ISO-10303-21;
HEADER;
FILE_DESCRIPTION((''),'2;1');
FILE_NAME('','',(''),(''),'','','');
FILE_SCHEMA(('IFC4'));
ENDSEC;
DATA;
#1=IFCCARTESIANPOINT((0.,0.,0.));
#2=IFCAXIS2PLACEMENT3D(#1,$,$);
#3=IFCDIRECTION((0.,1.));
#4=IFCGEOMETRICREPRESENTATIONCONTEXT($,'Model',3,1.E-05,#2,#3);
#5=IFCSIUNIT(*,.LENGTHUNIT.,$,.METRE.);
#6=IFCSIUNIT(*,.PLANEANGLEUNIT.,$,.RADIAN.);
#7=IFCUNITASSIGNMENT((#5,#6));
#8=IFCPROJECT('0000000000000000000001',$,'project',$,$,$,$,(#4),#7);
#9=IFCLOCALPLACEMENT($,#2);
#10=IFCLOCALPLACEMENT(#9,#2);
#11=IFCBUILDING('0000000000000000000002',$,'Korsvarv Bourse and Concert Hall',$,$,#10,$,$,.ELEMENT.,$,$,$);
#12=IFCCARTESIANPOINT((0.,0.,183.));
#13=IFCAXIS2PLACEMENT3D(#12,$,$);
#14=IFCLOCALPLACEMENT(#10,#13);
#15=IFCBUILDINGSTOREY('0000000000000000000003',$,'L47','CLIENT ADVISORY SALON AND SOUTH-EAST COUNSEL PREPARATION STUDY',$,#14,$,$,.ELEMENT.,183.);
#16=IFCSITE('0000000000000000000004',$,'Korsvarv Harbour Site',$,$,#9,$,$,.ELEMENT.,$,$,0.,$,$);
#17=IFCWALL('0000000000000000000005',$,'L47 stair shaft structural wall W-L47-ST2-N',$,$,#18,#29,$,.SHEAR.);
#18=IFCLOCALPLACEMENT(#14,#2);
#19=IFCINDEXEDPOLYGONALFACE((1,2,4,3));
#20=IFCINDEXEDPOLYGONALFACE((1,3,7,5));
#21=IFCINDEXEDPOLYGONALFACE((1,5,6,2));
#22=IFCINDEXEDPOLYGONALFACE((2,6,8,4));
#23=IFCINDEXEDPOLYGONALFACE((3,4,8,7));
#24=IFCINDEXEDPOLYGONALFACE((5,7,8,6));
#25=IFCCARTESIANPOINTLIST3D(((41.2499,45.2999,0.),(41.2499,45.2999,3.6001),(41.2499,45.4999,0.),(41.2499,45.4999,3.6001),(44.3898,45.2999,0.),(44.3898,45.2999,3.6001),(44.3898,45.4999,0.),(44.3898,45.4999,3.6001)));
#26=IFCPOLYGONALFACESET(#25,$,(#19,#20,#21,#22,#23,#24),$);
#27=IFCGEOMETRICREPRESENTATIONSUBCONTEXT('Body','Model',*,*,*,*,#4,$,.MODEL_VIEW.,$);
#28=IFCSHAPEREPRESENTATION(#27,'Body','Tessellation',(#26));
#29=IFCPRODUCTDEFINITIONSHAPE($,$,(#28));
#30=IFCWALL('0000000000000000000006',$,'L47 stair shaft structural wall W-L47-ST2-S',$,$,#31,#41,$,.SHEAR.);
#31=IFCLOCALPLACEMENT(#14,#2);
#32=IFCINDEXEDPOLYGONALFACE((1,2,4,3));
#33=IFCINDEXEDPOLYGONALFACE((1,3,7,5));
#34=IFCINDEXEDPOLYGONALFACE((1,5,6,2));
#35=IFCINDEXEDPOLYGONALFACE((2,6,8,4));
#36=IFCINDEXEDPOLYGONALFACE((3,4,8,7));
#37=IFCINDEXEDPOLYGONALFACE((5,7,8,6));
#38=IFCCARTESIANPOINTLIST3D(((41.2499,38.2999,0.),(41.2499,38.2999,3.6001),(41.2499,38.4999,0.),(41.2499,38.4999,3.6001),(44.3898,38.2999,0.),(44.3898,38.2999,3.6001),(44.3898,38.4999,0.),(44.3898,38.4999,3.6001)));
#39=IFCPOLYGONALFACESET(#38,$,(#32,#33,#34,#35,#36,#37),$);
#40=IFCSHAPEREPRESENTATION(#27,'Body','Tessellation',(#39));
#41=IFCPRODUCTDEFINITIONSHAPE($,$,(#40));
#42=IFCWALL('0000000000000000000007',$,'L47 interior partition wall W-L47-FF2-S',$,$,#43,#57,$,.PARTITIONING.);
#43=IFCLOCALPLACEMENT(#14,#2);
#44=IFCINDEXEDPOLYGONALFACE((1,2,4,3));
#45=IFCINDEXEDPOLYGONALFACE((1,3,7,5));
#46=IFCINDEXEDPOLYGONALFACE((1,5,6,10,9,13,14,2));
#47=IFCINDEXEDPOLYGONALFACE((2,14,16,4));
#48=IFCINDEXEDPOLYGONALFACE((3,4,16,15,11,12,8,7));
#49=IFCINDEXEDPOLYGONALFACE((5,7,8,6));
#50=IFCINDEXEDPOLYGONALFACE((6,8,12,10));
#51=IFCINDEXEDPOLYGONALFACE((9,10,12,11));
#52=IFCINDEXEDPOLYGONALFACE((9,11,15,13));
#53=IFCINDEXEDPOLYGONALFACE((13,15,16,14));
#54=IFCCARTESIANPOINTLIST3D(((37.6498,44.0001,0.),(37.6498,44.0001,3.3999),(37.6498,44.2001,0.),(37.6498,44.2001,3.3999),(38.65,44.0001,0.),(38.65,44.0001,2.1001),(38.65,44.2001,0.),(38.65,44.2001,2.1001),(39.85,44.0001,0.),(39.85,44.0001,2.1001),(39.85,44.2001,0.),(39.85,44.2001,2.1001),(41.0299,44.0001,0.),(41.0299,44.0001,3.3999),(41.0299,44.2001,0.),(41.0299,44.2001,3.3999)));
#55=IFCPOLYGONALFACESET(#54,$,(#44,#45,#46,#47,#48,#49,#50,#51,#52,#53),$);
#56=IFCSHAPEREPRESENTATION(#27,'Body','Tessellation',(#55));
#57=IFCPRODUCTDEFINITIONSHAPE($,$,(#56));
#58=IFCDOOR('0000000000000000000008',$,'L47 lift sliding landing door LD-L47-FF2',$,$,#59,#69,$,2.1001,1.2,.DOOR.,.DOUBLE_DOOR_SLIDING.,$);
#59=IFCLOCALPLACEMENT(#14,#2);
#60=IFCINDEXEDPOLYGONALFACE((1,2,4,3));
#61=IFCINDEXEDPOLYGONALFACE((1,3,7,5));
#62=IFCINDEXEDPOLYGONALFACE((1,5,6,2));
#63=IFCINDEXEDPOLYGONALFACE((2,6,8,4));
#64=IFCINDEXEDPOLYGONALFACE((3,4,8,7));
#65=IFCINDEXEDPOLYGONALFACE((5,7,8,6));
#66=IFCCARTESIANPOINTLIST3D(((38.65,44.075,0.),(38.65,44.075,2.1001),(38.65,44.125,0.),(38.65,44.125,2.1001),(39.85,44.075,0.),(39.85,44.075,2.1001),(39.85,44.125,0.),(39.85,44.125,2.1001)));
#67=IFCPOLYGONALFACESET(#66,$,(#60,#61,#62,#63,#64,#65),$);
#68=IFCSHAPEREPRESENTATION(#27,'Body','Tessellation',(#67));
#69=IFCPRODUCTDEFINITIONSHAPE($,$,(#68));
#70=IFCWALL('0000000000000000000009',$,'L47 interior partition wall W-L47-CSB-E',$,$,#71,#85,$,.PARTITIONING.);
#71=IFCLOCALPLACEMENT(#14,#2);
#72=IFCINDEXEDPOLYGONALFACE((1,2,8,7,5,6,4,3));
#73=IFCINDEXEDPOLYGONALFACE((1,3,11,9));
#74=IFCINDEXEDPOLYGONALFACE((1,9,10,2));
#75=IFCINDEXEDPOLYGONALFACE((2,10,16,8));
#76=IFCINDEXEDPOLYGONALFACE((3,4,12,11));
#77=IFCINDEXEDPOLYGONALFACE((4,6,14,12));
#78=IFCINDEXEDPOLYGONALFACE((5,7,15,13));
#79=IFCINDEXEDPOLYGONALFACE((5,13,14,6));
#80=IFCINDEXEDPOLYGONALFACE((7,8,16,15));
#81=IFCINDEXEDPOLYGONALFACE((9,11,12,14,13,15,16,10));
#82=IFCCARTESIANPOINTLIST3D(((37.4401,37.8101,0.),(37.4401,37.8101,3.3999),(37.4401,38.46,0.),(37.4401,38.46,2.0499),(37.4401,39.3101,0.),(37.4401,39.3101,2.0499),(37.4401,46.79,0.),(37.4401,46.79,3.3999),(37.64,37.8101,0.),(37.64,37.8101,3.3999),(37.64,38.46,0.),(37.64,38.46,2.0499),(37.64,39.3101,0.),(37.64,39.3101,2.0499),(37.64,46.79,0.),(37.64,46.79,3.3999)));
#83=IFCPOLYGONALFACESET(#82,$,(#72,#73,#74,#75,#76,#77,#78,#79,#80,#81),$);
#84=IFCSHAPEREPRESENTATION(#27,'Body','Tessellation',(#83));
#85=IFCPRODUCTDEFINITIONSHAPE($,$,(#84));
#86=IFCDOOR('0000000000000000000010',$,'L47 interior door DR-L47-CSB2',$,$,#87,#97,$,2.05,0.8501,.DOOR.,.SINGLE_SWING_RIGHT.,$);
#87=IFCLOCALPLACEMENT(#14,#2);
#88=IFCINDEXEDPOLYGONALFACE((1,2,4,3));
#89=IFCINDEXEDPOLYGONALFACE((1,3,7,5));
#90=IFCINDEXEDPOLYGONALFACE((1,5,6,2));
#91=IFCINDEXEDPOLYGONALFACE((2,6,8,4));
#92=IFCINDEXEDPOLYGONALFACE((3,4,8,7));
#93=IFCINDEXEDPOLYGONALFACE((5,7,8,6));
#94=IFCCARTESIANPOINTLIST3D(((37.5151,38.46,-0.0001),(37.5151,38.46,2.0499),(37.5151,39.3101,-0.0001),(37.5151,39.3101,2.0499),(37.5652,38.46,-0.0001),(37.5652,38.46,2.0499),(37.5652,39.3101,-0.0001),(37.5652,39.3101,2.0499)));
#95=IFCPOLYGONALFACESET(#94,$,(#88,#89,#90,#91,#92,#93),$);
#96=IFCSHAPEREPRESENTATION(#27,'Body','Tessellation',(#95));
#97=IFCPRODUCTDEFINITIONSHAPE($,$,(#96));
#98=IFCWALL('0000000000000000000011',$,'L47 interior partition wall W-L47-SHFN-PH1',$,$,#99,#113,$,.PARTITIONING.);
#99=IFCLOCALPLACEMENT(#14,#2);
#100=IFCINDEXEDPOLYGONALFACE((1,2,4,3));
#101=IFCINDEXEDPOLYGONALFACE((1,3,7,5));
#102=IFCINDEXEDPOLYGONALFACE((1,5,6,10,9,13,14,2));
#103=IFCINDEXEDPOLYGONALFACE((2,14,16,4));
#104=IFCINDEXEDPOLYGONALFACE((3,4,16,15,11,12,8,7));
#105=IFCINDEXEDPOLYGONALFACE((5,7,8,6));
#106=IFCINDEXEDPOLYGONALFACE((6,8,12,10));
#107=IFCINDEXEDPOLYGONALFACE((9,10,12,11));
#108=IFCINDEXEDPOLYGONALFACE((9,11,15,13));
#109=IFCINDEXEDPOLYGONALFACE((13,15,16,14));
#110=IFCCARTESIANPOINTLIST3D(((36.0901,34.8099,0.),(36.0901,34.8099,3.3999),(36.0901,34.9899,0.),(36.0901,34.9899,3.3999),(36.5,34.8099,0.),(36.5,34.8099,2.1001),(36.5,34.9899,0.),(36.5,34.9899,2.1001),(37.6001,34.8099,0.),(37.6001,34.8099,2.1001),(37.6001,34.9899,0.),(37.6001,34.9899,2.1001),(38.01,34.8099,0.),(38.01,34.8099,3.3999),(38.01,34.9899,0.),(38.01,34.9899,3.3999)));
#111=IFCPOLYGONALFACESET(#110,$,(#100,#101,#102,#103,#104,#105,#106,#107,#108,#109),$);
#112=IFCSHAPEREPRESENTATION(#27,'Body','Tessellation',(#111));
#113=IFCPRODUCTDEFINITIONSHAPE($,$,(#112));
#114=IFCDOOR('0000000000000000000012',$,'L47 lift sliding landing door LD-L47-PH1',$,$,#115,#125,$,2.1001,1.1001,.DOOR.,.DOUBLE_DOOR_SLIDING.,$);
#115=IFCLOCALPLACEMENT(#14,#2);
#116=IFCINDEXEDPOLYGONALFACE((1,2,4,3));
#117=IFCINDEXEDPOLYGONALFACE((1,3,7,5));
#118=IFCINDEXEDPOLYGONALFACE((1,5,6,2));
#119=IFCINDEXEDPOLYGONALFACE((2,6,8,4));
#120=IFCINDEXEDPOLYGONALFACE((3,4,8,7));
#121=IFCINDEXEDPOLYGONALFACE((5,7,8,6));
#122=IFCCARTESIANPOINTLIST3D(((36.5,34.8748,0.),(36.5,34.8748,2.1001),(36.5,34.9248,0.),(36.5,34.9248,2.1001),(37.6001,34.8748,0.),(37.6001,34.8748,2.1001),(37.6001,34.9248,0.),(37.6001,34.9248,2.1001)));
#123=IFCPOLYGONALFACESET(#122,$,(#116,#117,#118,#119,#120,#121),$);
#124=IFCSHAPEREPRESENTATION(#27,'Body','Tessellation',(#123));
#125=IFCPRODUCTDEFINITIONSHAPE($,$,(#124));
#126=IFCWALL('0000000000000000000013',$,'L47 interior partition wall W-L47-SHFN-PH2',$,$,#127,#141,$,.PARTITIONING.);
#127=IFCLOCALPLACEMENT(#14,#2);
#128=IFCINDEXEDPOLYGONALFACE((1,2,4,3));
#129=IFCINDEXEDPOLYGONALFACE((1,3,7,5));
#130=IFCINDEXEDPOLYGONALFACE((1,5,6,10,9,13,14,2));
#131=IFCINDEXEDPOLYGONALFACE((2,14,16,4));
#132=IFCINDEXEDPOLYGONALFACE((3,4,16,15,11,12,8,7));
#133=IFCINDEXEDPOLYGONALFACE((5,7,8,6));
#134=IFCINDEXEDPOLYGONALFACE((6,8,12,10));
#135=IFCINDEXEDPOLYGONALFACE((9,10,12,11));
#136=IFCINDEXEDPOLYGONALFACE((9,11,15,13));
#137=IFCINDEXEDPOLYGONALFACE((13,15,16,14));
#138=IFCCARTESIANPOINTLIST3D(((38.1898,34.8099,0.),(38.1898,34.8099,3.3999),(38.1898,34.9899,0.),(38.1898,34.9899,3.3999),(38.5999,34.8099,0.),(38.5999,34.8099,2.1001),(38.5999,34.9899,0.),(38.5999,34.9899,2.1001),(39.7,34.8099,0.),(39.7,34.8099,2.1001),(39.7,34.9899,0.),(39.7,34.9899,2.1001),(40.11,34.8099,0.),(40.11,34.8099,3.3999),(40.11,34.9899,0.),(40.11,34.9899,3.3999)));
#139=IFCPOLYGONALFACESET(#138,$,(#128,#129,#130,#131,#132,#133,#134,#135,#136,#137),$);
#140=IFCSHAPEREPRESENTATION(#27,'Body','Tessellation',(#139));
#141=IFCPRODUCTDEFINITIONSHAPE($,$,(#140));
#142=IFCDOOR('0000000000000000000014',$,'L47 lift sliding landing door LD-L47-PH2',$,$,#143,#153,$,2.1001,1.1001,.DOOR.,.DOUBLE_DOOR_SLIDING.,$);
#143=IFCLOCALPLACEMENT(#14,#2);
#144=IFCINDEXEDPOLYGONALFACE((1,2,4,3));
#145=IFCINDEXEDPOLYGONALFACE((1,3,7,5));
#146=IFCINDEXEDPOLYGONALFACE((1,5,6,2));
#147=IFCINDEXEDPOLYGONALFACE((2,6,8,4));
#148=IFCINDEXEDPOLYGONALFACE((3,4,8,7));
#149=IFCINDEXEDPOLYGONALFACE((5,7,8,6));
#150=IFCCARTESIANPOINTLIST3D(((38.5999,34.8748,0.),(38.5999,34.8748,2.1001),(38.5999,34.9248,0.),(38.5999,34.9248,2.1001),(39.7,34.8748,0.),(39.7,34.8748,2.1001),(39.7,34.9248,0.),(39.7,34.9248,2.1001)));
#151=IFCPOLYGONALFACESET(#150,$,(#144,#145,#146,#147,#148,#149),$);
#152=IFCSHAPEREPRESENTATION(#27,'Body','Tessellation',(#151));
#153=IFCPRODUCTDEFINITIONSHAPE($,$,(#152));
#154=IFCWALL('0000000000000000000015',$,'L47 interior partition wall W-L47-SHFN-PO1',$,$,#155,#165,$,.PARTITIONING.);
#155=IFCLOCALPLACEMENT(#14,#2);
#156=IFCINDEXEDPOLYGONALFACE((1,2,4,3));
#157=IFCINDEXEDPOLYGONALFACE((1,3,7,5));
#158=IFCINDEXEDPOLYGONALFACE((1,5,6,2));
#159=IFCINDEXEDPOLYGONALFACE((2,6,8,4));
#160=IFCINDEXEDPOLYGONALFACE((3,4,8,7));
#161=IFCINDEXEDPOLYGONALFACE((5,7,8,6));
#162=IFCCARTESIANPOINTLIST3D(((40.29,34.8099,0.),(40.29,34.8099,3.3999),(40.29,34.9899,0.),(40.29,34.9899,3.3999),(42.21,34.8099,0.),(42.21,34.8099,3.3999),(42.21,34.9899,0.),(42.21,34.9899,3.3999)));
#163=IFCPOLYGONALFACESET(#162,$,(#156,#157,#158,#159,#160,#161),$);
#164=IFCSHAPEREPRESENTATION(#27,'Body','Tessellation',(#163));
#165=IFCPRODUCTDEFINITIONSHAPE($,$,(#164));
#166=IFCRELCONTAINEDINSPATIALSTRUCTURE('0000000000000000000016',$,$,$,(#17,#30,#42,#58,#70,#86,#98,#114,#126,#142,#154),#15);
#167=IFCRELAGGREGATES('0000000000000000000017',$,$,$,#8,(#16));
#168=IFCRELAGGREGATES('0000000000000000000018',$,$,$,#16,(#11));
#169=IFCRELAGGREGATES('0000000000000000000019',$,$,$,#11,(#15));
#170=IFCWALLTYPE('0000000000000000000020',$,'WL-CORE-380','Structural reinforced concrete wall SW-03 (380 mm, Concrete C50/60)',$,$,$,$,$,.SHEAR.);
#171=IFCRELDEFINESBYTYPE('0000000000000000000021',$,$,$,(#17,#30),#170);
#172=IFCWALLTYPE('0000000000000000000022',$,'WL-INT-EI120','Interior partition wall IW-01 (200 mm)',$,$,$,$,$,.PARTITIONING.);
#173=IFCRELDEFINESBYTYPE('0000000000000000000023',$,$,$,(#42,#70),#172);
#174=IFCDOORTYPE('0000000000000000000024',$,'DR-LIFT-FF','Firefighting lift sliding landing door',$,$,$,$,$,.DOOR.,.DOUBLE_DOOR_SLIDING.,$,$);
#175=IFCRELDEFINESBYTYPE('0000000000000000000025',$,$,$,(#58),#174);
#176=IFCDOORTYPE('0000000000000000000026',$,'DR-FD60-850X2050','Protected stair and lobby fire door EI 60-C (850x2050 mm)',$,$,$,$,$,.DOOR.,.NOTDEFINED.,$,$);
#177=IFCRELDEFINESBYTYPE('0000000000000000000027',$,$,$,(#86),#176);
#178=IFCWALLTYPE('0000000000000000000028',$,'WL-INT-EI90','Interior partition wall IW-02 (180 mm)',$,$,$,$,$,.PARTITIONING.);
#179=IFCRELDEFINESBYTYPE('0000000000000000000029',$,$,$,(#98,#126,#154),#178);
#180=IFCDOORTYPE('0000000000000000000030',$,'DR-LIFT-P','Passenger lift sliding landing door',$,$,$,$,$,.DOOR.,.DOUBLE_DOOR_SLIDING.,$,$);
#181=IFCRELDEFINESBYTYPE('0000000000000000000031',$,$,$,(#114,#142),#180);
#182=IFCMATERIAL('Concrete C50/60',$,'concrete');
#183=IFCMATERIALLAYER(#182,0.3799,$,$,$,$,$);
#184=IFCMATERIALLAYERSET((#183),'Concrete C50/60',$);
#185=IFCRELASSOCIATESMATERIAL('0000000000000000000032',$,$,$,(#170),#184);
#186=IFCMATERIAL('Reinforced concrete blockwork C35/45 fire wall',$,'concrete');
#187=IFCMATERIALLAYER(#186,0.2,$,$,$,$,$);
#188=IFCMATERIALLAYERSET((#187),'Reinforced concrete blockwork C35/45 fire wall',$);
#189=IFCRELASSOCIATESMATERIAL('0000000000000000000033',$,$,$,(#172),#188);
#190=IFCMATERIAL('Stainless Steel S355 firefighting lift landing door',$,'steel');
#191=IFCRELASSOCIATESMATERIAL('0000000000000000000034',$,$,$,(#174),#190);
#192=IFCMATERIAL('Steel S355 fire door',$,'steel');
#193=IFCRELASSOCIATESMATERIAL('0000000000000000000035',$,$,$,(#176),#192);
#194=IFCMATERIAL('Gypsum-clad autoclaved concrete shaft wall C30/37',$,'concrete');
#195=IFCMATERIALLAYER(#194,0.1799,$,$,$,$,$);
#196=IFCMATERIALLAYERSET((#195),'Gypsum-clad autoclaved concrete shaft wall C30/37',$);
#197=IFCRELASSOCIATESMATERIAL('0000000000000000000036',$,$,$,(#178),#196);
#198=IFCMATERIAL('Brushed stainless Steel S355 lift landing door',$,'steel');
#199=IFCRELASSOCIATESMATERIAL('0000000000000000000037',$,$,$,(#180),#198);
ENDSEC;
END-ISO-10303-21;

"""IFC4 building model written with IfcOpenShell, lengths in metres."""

from ifc_helpers import new_model, si_unit, direction, frame, frame_2d, origin, place, context, subcontext, project, spatial, rectangle, extrude, material, layer, layer_set, type_object, element, fill, save


model = new_model("IFC4")

# Units and contexts
model_context = context("Model", 3, precision=1e-05, world=origin(), true_north=direction((0.0, 1.0)))
body_context = subcontext(model_context, "Body", "Model", "MODEL_VIEW")
ifc_project = project(units=[si_unit("LENGTHUNIT", "METRE"), si_unit("PLANEANGLEUNIT", "RADIAN")], contexts=[model_context])

# Site, building, storey
site_placement = place(None, origin())
site = spatial("IfcSite", under=ifc_project, at=site_placement, Name="Korsvarv Harbour Site", CompositionType="ELEMENT", RefElevation=0.0)
building_placement = place(site_placement, origin())
building = spatial("IfcBuilding", under=site, at=building_placement, Name="Korsvarv Bourse and Concert Hall", CompositionType="ELEMENT")
storey_placement = place(building_placement, frame((0.0, 0.0, 183.0)))
storey = spatial("IfcBuildingStorey", under=building, at=storey_placement, Name="L47", Description="CLIENT ADVISORY SALON AND SOUTH-EAST COUNSEL PREPARATION STUDY", CompositionType="ELEMENT", Elevation=183.0)

# Shared definitions
ifc_material_1 = material(Name="Concrete C50/60", Category="concrete")
ifc_layer_1 = layer(ifc_material_1, 0.3799)
ifc_layer_set_1 = layer_set([ifc_layer_1], Name="Concrete C50/60")
wall_type_1 = type_object("IfcWallType", Name="WL-CORE-380", Description="Structural reinforced concrete wall SW-03 (380 mm, Concrete C50/60)", PredefinedType="SHEAR", material=ifc_layer_set_1)
ifc_material_2 = material(Name="Steel S355 fire door", Category="steel")

# Walls
for number, where, z_axis, x_axis, name in (
    (1, (41.25, 45.3999, 0.0), (0.0, 0.0, 1.0), (1.0, 0.0, 0.0), "L47 stair shaft structural wall W-L47-ST2-N"),
    (2, (41.25, 38.3999, 0.0), (0.0, 0.0, 1.0), (1.0, 0.0, 0.0), "L47 stair shaft structural wall W-L47-ST2-S"),
):
    element("IfcWall", number, at=place(storey_placement, frame(where, z_axis=z_axis, x_axis=x_axis)), inside=storey, type_object=wall_type_1, Name=name, PredefinedType="SHEAR", context=body_context, shape_type="SweptSolid", body=[
        extrude(rectangle(XDim=3.1399, YDim=0.2, at=frame_2d((1.5698, 0.0))), origin(), (0.0, 0.0, 1.0), 3.6001),
    ])

# Walls, openings, doors
ifc_material_3 = material(Name="Reinforced concrete blockwork C35/45 fire wall", Category="concrete")
ifc_layer_2 = layer(ifc_material_3, 0.2)
ifc_layer_set_2 = layer_set([ifc_layer_2], Name="Reinforced concrete blockwork C35/45 fire wall")
wall_type_2 = type_object("IfcWallType", Name="WL-INT-EI120", Description="Interior partition wall IW-01 (200 mm)", PredefinedType="PARTITIONING", material=ifc_layer_set_2)
wall_1_placement = place(storey_placement, frame((37.6499, 44.1001, 0.0), z_axis=(0.0, 0.0, 1.0), x_axis=(1.0, 0.0, 0.0)))
wall_1 = element("IfcWall", 3, at=wall_1_placement, inside=storey, type_object=wall_type_2, Name="L47 interior partition wall W-L47-FF2-S", PredefinedType="PARTITIONING", context=body_context, shape_type="SweptSolid", body=[
    extrude(rectangle(XDim=3.3801, YDim=0.2, at=frame_2d((1.6899, 0.0))), origin(), (0.0, 0.0, 1.0), 3.3999),
])
opening_1_placement = place(wall_1_placement, frame((1.0, 0.0, 0.0)))
opening_1 = element("IfcOpeningElement", 4, at=opening_1_placement, cuts=wall_1, PredefinedType="OPENING", context=body_context, shape_type="SweptSolid", body=[
    extrude(rectangle(XDim=1.2, YDim=2.1001, at=frame_2d((0.6001, 1.05))), frame((0.0, 0.1099, 0.0), z_axis=(0.0, -1.0, 0.0), x_axis=(1.0, 0.0, 0.0)), (0.0, 0.0, 1.0), 0.22),
])
ifc_material_4 = material(Name="Stainless Steel S355 firefighting lift landing door", Category="steel")
door_type_1 = type_object("IfcDoorType", Name="DR-LIFT-FF", Description="Firefighting lift sliding landing door", OperationType="DOUBLE_DOOR_SLIDING", PredefinedType="DOOR", material=ifc_material_4)
door_1_placement = place(opening_1_placement, origin())
door_1 = element("IfcDoor", 5, at=door_1_placement, inside=storey, type_object=door_type_1, Name="L47 lift sliding landing door LD-L47-FF2", OperationType="DOUBLE_DOOR_SLIDING", OverallHeight=2.1001, OverallWidth=1.2, PredefinedType="DOOR", context=body_context, shape_type="SweptSolid", body=[
    extrude(rectangle(XDim=1.2, YDim=2.1001, at=frame_2d((0.6001, 1.05))), frame((0.0, 0.0249, 0.0), z_axis=(0.0, -1.0, 0.0), x_axis=(1.0, 0.0, 0.0)), (0.0, 0.0, 1.0), 0.05),
])
fill(opening_1, door_1)
wall_2_placement = place(storey_placement, frame((37.54, 37.8101, 0.0), z_axis=(0.0, 0.0, 1.0), x_axis=(0.0, 1.0, 0.0)))
wall_2 = element("IfcWall", 6, at=wall_2_placement, inside=storey, type_object=wall_type_2, Name="L47 interior partition wall W-L47-CSB-E", PredefinedType="PARTITIONING", context=body_context, shape_type="SweptSolid", body=[
    extrude(rectangle(XDim=8.98, YDim=0.2, at=frame_2d((4.49, 0.0))), origin(), (0.0, 0.0, 1.0), 3.3999),
])
opening_2_placement = place(wall_2_placement, frame((0.6499, 0.0, 0.0)))
opening_2 = element("IfcOpeningElement", 7, at=opening_2_placement, cuts=wall_2, PredefinedType="OPENING", context=body_context, shape_type="SweptSolid", body=[
    extrude(rectangle(XDim=0.8501, YDim=2.05, at=frame_2d((0.425, 1.0249))), frame((0.0, 0.1099, 0.0), z_axis=(0.0, -1.0, 0.0), x_axis=(1.0, 0.0, 0.0)), (0.0, 0.0, 1.0), 0.22),
])
door_type_2 = type_object("IfcDoorType", Name="DR-FD60-850X2050", Description="Protected stair and lobby fire door EI 60-C (850x2050 mm)", OperationType="NOTDEFINED", PredefinedType="DOOR", material=ifc_material_2)
door_2_placement = place(opening_2_placement, origin())
door_2 = element("IfcDoor", 8, at=door_2_placement, inside=storey, type_object=door_type_2, Name="L47 interior door DR-L47-CSB2", OperationType="SINGLE_SWING_RIGHT", OverallHeight=2.05, OverallWidth=0.8501, PredefinedType="DOOR", context=body_context, shape_type="SweptSolid", body=[
    extrude(rectangle(XDim=0.8501, YDim=2.05, at=frame_2d((0.425, 1.0249))), frame((0.0, 0.0249, 0.0), z_axis=(0.0, -1.0, 0.0), x_axis=(1.0, 0.0, 0.0)), (0.0, 0.0, 1.0), 0.05),
])
fill(opening_2, door_2)
ifc_material_5 = material(Name="Gypsum-clad autoclaved concrete shaft wall C30/37", Category="concrete")
ifc_layer_3 = layer(ifc_material_5, 0.1799)
ifc_layer_set_3 = layer_set([ifc_layer_3], Name="Gypsum-clad autoclaved concrete shaft wall C30/37")
wall_type_3 = type_object("IfcWallType", Name="WL-INT-EI90", Description="Interior partition wall IW-02 (180 mm)", PredefinedType="PARTITIONING", material=ifc_layer_set_3)
wall_3_placement = place(storey_placement, frame((36.0901, 34.8999, 0.0), z_axis=(0.0, 0.0, 1.0), x_axis=(1.0, 0.0, 0.0)))
wall_3 = element("IfcWall", 9, at=wall_3_placement, inside=storey, type_object=wall_type_3, Name="L47 interior partition wall W-L47-SHFN-PH1", PredefinedType="PARTITIONING", context=body_context, shape_type="SweptSolid", body=[
    extrude(rectangle(XDim=1.9199, YDim=0.1799, at=frame_2d((0.96, 0.0))), origin(), (0.0, 0.0, 1.0), 3.3999),
])
opening_3_placement = place(wall_3_placement, frame((0.4099, 0.0, 0.0)))
opening_3 = element("IfcOpeningElement", 10, at=opening_3_placement, cuts=wall_3, PredefinedType="OPENING", context=body_context, shape_type="SweptSolid", body=[
    extrude(rectangle(XDim=1.1001, YDim=2.1001, at=frame_2d((0.55, 1.05))), frame((0.0, 0.1001, 0.0), z_axis=(0.0, -1.0, 0.0), x_axis=(1.0, 0.0, 0.0)), (0.0, 0.0, 1.0), 0.2),
])
ifc_material_6 = material(Name="Brushed stainless Steel S355 lift landing door", Category="steel")
door_type_3 = type_object("IfcDoorType", Name="DR-LIFT-P", Description="Passenger lift sliding landing door", OperationType="DOUBLE_DOOR_SLIDING", PredefinedType="DOOR", material=ifc_material_6)
door_3_placement = place(opening_3_placement, origin())
door_3 = element("IfcDoor", 11, at=door_3_placement, inside=storey, type_object=door_type_3, Name="L47 lift sliding landing door LD-L47-PH1", OperationType="DOUBLE_DOOR_SLIDING", OverallHeight=2.1001, OverallWidth=1.1001, PredefinedType="DOOR", context=body_context, shape_type="SweptSolid", body=[
    extrude(rectangle(XDim=1.1001, YDim=2.1001, at=frame_2d((0.55, 1.05))), frame((0.0, 0.0249, 0.0), z_axis=(0.0, -1.0, 0.0), x_axis=(1.0, 0.0, 0.0)), (0.0, 0.0, 1.0), 0.05),
])
fill(opening_3, door_3)
wall_4_placement = place(storey_placement, frame((38.1899, 34.8999, 0.0), z_axis=(0.0, 0.0, 1.0), x_axis=(1.0, 0.0, 0.0)))
wall_4 = element("IfcWall", 12, at=wall_4_placement, inside=storey, type_object=wall_type_3, Name="L47 interior partition wall W-L47-SHFN-PH2", PredefinedType="PARTITIONING", context=body_context, shape_type="SweptSolid", body=[
    extrude(rectangle(XDim=1.9202, YDim=0.1799, at=frame_2d((0.96, 0.0))), origin(), (0.0, 0.0, 1.0), 3.3999),
])
opening_4_placement = place(wall_4_placement, frame((0.4099, 0.0, 0.0)))
opening_4 = element("IfcOpeningElement", 13, at=opening_4_placement, cuts=wall_4, PredefinedType="OPENING", context=body_context, shape_type="SweptSolid", body=[
    extrude(rectangle(XDim=1.1001, YDim=2.1001, at=frame_2d((0.55, 1.05))), frame((0.0, 0.1001, 0.0), z_axis=(0.0, -1.0, 0.0), x_axis=(1.0, 0.0, 0.0)), (0.0, 0.0, 1.0), 0.2),
])
door_4_placement = place(opening_4_placement, origin())
door_4 = element("IfcDoor", 14, at=door_4_placement, inside=storey, type_object=door_type_3, Name="L47 lift sliding landing door LD-L47-PH2", OperationType="DOUBLE_DOOR_SLIDING", OverallHeight=2.1001, OverallWidth=1.1001, PredefinedType="DOOR", context=body_context, shape_type="SweptSolid", body=[
    extrude(rectangle(XDim=1.1001, YDim=2.1001, at=frame_2d((0.55, 1.05))), frame((0.0, 0.0249, 0.0), z_axis=(0.0, -1.0, 0.0), x_axis=(1.0, 0.0, 0.0)), (0.0, 0.0, 1.0), 0.05),
])
fill(opening_4, door_4)

# Wall
wall_5_placement = place(storey_placement, frame((40.29, 34.8999, 0.0), z_axis=(0.0, 0.0, 1.0), x_axis=(1.0, 0.0, 0.0)))
element("IfcWall", 15, at=wall_5_placement, inside=storey, type_object=wall_type_3, Name="L47 interior partition wall W-L47-SHFN-PO1", PredefinedType="PARTITIONING", context=body_context, shape_type="SweptSolid", body=[
    extrude(rectangle(XDim=1.9199, YDim=0.1799, at=frame_2d((0.96, 0.0))), origin(), (0.0, 0.0, 1.0), 3.3999),
])

save(model, "model.ifc")
